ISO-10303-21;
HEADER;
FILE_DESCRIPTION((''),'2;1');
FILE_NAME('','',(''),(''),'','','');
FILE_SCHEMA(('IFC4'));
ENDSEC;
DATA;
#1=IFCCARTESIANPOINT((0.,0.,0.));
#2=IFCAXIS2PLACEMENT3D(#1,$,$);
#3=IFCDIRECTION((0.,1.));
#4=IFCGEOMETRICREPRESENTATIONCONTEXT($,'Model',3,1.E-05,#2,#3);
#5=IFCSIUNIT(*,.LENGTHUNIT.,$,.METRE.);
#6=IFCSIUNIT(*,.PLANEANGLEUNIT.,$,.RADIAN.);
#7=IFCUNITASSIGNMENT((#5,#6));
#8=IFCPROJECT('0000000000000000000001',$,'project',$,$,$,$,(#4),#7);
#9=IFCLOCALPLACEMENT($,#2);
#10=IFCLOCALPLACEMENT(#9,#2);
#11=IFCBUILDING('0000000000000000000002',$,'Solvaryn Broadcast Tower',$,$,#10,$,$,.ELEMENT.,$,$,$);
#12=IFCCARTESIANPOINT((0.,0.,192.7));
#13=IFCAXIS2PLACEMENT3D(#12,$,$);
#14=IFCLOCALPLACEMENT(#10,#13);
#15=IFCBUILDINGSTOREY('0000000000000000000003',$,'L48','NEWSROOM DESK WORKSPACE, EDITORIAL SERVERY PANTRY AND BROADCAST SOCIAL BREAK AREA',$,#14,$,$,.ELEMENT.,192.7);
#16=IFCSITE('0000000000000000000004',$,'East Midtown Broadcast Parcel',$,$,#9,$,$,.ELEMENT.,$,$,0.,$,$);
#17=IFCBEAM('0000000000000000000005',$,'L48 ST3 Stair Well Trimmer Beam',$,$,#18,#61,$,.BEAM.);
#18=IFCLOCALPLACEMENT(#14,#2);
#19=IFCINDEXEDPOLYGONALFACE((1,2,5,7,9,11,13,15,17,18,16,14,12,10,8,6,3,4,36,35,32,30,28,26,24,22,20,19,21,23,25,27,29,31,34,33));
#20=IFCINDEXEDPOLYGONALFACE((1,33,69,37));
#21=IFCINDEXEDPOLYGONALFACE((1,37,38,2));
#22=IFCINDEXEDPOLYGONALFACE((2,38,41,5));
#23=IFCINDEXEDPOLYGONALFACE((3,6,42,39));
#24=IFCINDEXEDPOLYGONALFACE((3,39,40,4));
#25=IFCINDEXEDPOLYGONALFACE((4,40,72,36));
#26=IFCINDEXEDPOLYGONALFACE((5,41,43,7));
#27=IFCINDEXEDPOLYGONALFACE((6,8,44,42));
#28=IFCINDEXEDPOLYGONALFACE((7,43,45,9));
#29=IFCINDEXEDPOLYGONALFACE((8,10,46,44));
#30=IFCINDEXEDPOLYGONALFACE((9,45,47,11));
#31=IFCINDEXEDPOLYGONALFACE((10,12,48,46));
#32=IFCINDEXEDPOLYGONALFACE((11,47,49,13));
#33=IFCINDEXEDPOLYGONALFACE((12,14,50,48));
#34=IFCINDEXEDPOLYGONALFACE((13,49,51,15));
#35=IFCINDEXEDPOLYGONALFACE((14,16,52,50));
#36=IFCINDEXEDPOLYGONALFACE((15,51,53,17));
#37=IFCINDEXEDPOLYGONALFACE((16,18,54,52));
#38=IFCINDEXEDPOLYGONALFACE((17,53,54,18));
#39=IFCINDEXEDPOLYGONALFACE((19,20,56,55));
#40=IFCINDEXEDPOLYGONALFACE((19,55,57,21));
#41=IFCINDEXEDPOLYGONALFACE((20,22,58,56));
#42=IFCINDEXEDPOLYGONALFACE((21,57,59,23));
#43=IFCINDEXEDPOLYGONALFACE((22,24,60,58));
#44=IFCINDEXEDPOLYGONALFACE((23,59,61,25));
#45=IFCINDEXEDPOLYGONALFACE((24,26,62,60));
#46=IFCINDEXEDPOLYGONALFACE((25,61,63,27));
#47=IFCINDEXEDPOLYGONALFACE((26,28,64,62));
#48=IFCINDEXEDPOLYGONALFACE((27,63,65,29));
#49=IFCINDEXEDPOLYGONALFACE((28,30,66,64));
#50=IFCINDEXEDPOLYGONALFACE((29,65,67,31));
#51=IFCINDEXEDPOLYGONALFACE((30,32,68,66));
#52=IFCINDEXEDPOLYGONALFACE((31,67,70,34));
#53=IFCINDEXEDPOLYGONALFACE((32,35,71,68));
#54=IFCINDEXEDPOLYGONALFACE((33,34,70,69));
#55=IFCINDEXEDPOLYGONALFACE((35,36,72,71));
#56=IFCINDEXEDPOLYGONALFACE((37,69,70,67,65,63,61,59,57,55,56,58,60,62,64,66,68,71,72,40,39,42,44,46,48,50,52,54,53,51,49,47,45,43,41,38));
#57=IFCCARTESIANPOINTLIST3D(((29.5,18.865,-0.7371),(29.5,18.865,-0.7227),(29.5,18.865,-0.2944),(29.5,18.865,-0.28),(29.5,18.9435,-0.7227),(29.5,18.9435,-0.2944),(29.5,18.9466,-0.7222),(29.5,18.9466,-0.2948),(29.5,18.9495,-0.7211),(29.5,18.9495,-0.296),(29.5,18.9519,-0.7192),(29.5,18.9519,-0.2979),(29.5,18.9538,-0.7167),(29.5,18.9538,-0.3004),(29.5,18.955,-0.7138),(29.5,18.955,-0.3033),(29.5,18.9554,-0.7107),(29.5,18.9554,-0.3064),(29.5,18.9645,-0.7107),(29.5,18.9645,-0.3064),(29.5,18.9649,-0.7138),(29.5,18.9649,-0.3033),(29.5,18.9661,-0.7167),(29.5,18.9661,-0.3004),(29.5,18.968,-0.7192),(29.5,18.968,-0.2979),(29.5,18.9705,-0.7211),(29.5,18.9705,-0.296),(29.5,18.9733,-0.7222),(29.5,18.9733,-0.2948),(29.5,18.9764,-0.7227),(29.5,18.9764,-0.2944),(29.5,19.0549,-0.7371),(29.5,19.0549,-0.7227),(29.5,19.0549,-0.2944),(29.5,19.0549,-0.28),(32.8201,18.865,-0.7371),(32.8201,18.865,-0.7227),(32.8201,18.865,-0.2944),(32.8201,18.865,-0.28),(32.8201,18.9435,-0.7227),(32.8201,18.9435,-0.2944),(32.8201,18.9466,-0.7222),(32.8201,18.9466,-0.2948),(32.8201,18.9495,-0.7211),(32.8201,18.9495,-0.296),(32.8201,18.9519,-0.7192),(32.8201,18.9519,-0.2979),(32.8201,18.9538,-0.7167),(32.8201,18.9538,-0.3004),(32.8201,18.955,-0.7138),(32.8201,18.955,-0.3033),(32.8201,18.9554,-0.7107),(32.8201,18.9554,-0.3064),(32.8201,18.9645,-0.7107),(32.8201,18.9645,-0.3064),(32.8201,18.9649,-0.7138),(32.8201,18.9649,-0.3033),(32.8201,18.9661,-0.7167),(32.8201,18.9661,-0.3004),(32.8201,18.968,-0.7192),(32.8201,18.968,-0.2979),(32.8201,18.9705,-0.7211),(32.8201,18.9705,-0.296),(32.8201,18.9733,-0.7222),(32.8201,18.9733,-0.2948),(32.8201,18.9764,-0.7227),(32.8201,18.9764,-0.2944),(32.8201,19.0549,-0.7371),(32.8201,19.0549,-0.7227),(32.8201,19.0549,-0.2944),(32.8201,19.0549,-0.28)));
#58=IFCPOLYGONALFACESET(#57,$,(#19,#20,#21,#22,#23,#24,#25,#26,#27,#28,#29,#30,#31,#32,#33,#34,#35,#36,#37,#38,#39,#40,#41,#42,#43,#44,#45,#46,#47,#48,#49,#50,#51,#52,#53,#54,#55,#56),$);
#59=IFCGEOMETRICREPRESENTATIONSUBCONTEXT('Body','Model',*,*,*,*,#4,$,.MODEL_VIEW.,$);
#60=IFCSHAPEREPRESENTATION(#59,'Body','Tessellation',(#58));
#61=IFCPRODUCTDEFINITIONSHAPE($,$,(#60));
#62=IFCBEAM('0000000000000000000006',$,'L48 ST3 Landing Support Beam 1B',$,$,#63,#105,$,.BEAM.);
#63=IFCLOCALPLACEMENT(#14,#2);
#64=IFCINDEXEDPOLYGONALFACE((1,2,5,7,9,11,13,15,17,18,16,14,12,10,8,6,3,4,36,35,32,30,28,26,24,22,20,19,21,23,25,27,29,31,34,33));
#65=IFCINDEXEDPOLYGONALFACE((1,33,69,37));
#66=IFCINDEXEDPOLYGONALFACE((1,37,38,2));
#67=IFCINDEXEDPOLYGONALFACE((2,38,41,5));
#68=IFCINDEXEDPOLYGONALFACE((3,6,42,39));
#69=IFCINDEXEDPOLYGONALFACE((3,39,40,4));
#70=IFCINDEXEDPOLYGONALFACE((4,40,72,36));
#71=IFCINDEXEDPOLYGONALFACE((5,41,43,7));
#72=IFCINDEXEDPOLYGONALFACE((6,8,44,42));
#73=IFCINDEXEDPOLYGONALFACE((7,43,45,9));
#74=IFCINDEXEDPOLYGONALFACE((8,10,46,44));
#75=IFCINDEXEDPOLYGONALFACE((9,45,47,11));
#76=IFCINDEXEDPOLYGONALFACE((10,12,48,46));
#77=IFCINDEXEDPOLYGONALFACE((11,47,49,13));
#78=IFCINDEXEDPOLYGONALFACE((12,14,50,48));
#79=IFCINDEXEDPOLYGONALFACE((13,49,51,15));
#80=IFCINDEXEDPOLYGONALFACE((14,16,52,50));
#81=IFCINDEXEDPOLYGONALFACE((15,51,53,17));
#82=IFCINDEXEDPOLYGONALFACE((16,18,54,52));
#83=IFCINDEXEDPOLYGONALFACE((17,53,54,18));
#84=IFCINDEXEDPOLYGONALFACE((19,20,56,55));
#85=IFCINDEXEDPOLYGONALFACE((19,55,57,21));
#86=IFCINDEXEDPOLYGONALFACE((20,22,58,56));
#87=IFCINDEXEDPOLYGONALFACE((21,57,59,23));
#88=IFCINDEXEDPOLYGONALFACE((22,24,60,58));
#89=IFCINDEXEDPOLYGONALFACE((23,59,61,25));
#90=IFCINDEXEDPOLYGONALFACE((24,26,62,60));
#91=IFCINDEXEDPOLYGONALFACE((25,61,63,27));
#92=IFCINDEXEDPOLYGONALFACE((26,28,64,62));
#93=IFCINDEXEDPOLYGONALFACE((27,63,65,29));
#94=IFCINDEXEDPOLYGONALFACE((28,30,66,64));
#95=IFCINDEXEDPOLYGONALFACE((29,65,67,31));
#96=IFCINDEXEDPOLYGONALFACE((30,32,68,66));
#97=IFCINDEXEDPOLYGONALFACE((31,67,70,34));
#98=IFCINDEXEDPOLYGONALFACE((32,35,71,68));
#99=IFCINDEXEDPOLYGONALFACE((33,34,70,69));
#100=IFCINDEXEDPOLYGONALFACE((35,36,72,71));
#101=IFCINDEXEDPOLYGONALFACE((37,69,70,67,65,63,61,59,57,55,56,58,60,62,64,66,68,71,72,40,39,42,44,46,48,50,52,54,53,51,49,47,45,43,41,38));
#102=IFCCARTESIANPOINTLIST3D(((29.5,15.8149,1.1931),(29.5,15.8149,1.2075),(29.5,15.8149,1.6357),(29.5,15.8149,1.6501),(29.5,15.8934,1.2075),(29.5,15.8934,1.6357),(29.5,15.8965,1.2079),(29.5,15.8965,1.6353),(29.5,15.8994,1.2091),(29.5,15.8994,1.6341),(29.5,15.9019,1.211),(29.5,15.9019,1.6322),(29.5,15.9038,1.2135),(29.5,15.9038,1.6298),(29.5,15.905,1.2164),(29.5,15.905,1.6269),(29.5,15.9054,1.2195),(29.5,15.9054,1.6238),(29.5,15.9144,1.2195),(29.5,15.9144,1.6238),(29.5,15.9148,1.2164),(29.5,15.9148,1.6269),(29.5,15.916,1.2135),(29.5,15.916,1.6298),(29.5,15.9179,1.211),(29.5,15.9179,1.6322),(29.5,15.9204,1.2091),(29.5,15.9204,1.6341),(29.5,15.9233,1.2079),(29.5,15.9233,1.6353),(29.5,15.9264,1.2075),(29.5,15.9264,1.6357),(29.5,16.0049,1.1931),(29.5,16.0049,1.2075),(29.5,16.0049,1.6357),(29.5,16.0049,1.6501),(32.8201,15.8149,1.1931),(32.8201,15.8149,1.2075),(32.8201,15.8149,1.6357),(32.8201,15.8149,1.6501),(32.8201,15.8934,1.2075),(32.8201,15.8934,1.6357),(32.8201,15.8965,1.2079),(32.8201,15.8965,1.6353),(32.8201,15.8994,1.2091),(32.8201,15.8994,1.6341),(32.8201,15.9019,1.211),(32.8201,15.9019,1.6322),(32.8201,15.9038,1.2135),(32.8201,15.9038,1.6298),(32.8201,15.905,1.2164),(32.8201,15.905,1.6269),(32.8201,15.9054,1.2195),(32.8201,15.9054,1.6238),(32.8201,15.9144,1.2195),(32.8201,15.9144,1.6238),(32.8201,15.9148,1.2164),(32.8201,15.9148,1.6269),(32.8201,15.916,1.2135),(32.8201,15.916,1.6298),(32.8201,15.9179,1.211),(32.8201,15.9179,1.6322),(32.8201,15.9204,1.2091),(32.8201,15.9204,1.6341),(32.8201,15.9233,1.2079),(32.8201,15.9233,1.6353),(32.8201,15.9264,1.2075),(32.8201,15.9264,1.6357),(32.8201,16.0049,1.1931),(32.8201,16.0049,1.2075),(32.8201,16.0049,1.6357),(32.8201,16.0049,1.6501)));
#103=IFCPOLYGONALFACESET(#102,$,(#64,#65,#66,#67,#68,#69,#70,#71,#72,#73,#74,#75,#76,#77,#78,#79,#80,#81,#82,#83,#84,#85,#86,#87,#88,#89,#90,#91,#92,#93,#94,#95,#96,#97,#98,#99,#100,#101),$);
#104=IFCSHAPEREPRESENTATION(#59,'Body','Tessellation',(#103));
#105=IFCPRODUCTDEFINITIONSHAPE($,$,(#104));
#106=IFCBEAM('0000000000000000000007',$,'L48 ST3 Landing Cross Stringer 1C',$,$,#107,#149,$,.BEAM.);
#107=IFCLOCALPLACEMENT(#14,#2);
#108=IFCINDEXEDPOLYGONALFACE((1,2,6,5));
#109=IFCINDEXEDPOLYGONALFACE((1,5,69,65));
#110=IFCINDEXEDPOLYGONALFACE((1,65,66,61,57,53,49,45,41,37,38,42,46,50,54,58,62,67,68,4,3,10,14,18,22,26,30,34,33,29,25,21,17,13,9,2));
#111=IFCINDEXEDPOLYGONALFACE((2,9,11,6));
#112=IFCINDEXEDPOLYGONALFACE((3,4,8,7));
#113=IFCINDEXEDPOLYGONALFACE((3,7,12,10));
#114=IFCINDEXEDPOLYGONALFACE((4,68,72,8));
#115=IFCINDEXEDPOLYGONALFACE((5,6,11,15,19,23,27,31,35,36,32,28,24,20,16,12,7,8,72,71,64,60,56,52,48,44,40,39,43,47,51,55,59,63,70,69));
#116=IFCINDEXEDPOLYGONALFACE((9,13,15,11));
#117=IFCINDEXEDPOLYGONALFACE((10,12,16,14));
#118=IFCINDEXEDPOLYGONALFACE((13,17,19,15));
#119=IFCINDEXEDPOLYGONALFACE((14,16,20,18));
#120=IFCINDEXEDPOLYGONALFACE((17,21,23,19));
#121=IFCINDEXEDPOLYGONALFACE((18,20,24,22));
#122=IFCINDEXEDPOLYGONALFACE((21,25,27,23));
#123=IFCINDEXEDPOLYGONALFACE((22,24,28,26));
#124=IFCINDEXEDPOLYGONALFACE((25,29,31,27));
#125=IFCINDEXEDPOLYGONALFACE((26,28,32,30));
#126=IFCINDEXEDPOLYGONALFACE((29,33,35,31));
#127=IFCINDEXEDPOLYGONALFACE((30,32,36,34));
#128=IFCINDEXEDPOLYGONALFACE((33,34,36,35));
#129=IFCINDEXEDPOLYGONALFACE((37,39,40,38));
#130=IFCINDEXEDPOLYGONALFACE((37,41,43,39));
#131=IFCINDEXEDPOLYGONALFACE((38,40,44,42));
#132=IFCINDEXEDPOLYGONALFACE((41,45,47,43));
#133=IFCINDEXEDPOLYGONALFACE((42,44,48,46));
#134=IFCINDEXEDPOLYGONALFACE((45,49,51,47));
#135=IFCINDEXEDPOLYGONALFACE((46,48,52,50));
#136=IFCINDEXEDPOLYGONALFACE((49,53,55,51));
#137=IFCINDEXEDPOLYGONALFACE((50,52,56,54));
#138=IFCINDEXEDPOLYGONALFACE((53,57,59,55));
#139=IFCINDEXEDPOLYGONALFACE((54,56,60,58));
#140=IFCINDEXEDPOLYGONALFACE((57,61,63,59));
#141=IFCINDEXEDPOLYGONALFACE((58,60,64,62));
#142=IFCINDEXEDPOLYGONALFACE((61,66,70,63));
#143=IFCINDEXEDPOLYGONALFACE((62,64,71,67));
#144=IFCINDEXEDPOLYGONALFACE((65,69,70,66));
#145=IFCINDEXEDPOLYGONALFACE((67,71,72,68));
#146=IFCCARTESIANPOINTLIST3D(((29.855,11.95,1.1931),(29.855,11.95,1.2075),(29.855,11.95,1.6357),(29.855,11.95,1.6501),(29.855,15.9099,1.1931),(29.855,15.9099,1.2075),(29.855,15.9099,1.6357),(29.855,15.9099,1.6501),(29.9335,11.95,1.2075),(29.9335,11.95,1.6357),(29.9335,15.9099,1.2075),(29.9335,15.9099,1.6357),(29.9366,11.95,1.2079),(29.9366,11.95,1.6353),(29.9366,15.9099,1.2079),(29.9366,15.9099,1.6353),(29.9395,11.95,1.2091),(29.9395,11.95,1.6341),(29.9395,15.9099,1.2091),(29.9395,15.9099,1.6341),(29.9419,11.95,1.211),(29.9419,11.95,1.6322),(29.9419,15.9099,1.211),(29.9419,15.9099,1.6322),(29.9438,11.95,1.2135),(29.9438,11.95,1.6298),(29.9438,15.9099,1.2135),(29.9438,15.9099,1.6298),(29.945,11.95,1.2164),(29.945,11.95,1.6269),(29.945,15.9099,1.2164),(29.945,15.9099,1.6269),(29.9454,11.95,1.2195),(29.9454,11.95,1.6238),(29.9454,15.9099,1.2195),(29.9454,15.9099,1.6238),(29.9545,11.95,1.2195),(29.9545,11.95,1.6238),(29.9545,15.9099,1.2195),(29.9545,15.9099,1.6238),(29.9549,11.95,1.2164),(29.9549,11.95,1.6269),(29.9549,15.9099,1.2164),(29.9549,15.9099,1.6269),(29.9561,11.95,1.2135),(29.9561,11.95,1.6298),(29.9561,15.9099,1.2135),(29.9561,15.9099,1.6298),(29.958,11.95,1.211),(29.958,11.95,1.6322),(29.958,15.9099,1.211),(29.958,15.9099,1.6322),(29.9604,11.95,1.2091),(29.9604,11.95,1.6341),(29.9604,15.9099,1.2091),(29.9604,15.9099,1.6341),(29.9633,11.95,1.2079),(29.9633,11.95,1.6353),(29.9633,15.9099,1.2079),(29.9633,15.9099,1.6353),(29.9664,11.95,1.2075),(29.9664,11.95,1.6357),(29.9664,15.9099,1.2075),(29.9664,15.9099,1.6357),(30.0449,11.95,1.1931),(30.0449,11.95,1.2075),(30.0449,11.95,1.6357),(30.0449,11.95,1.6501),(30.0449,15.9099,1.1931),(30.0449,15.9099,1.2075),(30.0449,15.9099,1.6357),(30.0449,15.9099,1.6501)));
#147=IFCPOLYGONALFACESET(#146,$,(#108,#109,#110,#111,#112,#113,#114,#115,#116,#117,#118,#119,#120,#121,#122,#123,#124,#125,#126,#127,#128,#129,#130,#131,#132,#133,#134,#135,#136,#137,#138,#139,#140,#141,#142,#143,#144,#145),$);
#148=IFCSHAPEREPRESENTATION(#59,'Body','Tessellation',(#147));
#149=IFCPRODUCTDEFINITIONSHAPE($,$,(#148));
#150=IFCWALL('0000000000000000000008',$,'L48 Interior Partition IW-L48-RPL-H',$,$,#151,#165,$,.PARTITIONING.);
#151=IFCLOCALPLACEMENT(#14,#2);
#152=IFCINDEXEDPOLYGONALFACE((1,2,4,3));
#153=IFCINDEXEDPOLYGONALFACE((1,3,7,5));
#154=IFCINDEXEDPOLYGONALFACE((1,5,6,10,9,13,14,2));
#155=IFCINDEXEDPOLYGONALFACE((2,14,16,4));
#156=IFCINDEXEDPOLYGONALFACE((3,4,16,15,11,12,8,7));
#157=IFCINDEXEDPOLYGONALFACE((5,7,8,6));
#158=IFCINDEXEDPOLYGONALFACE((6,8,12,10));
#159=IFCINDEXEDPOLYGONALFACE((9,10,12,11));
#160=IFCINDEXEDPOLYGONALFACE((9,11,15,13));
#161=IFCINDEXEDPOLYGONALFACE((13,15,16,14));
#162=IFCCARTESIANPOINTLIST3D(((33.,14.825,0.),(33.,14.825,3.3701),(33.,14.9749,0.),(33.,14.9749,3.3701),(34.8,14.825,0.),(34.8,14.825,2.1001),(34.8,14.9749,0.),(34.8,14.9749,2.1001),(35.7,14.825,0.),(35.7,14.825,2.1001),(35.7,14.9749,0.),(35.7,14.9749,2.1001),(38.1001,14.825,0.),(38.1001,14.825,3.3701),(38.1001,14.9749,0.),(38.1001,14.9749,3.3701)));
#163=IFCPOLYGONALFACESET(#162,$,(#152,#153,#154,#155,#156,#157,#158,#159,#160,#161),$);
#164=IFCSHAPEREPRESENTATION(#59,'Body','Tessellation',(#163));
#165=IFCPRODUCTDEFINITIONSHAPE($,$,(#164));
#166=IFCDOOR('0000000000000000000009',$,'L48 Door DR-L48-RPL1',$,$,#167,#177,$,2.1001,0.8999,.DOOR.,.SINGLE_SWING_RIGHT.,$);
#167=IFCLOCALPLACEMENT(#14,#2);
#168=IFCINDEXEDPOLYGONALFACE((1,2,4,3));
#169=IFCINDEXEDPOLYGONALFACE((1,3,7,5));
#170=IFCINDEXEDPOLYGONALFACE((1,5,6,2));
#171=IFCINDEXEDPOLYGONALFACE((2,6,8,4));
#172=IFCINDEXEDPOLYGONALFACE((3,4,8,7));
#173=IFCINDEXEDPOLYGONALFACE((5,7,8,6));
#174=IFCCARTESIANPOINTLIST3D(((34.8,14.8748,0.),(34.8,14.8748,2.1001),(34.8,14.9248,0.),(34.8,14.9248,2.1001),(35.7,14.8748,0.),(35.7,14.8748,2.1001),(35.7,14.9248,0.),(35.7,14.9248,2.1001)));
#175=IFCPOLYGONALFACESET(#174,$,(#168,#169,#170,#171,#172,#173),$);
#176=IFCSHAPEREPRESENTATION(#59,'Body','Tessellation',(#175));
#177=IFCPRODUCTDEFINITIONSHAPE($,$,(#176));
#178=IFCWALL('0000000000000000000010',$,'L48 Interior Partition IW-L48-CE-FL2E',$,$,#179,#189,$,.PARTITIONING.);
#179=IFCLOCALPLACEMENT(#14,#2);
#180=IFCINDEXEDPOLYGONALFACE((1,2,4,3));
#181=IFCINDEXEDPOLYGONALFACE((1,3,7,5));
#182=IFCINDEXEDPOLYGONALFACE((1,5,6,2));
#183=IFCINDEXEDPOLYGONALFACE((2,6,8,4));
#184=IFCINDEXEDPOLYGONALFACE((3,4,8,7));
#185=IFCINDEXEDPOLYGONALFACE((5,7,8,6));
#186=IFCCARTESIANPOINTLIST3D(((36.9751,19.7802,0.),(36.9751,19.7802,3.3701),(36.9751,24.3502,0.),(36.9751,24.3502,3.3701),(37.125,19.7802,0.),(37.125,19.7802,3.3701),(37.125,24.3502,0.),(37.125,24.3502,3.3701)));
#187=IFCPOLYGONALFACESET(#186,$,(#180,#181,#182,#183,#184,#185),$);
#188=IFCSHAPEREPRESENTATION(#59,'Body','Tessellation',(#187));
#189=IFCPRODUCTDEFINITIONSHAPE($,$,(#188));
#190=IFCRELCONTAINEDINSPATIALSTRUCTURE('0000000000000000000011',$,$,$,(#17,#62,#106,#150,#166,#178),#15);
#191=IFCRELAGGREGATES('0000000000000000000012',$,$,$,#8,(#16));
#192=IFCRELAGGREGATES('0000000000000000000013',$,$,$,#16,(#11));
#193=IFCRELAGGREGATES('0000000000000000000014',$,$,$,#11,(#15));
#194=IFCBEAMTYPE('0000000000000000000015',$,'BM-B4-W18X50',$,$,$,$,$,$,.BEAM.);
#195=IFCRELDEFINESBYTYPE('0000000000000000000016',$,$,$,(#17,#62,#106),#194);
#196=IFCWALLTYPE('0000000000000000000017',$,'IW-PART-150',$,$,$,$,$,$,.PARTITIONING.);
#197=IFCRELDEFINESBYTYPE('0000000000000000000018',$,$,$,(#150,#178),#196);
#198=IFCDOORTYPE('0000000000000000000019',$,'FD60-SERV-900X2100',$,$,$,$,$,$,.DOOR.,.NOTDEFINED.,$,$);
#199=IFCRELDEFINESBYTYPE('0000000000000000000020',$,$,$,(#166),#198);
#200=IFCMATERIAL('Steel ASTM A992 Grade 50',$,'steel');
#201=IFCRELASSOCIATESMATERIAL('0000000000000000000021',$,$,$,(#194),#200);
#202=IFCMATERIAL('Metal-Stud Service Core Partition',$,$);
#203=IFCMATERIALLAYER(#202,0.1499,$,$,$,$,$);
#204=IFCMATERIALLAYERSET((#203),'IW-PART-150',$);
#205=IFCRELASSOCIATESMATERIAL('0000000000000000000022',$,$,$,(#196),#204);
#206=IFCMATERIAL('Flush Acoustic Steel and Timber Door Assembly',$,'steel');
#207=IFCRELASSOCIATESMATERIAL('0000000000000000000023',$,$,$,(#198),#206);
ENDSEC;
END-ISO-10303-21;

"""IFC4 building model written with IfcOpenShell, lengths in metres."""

from ifc_helpers import new_model, si_unit, direction, frame, frame_2d, origin, origin_2d, place, context, subcontext, project, spatial, rectangle, i_section, extrude, material, layer, layer_set, material_profile, profile_set, type_object, element, fill, save


model = new_model("IFC4")

# Units and contexts
model_context = context("Model", 3, precision=1e-05, world=origin(), true_north=direction((0.0, 1.0)))
body_context = subcontext(model_context, "Body", "Model", "MODEL_VIEW")
ifc_project = project(units=[si_unit("LENGTHUNIT", "METRE"), si_unit("PLANEANGLEUNIT", "RADIAN")], contexts=[model_context])

# Site, building, storey
site_placement = place(None, origin())
site = spatial("IfcSite", under=ifc_project, at=site_placement, Name="East Midtown Broadcast Parcel", CompositionType="ELEMENT", RefElevation=0.0)
building_placement = place(site_placement, origin())
building = spatial("IfcBuilding", under=site, at=building_placement, Name="Solvaryn Broadcast Tower", CompositionType="ELEMENT")
storey_placement = place(building_placement, frame((0.0, 0.0, 192.7)))
storey = spatial("IfcBuildingStorey", under=building, at=storey_placement, Name="L48", Description="NEWSROOM DESK WORKSPACE, EDITORIAL SERVERY PANTRY AND BROADCAST SOCIAL BREAK AREA", CompositionType="ELEMENT", Elevation=192.7)

# Beams
ifc_material_1 = material(Name="Steel ASTM A992 Grade 50", Category="steel")
ifc_material_profile_1 = material_profile(ifc_material_1, i_section(OverallWidth=0.1899, OverallDepth=0.457, WebThickness=0.009, FlangeThickness=0.0144, FilletRadius=0.012, at=origin_2d()))
ifc_profile_set_1 = profile_set([ifc_material_profile_1], Name="Steel ASTM A992 Grade 50")
beam_type_1 = type_object("IfcBeamType", Name="BM-B4-W18X50", PredefinedType="BEAM", material=ifc_profile_set_1)
for number, where, z_axis, x_axis, name in (
    (1, (29.5, 18.96, -0.5085), (1.0, 0.0, 0.0), (0.0, 1.0, 0.0), "L48 ST3 Stair Well Trimmer Beam"),
    (2, (29.5, 15.9099, 1.4216), (1.0, 0.0, 0.0), (0.0, 1.0, 0.0), "L48 ST3 Landing Support Beam 1B"),
):
    element("IfcBeam", number, at=place(storey_placement, frame(where, z_axis=z_axis, x_axis=x_axis)), inside=storey, type_object=beam_type_1, Name=name, PredefinedType="BEAM", context=body_context, shape_type="SweptSolid", body=[
        extrude(i_section(OverallWidth=0.1899, OverallDepth=0.457, WebThickness=0.009, FlangeThickness=0.0144, FilletRadius=0.012, at=origin_2d()), origin(), (0.0, 0.0, 1.0), 3.3201),
    ])
beam_1_placement = place(storey_placement, frame((29.95, 11.95, 1.4216), z_axis=(0.0, 1.0, 0.0), x_axis=(-1.0, 0.0, 0.0)))
element("IfcBeam", 3, at=beam_1_placement, inside=storey, type_object=beam_type_1, Name="L48 ST3 Landing Cross Stringer 1C", PredefinedType="BEAM", context=body_context, shape_type="SweptSolid", body=[
    extrude(i_section(OverallWidth=0.1899, OverallDepth=0.457, WebThickness=0.009, FlangeThickness=0.0144, FilletRadius=0.012, at=origin_2d()), origin(), (0.0, 0.0, 1.0), 3.96),
])

# Wall, opening, door
ifc_material_2 = material(Name="Metal-Stud Service Core Partition")
ifc_layer_1 = layer(ifc_material_2, 0.1499)
ifc_layer_set_1 = layer_set([ifc_layer_1], Name="IW-PART-150")
wall_type_1 = type_object("IfcWallType", Name="IW-PART-150", PredefinedType="PARTITIONING", material=ifc_layer_set_1)
wall_1_placement = place(storey_placement, frame((33.0, 14.8999, 0.0), z_axis=(0.0, 0.0, 1.0), x_axis=(1.0, 0.0, 0.0)))
wall_1 = element("IfcWall", 4, at=wall_1_placement, inside=storey, type_object=wall_type_1, Name="L48 Interior Partition IW-L48-RPL-H", PredefinedType="PARTITIONING", context=body_context, shape_type="SweptSolid", body=[
    extrude(rectangle(XDim=5.1001, YDim=0.1499, at=frame_2d((2.55, 0.0))), origin(), (0.0, 0.0, 1.0), 3.3701),
])
opening_1_placement = place(wall_1_placement, frame((1.8, 0.0, 0.0)))
opening_1 = element("IfcOpeningElement", 5, at=opening_1_placement, cuts=wall_1, PredefinedType="OPENING", context=body_context, shape_type="SweptSolid", body=[
    extrude(rectangle(XDim=0.8999, YDim=2.1001, at=frame_2d((0.45, 1.05))), frame((0.0, 0.085, 0.0), z_axis=(0.0, -1.0, 0.0), x_axis=(1.0, 0.0, 0.0)), (0.0, 0.0, 1.0), 0.1699),
])
ifc_material_3 = material(Name="Flush Acoustic Steel and Timber Door Assembly", Category="steel")
door_type_1 = type_object("IfcDoorType", Name="FD60-SERV-900X2100", OperationType="NOTDEFINED", PredefinedType="DOOR", material=ifc_material_3)
door_1_placement = place(opening_1_placement, origin())
door_1 = element("IfcDoor", 6, at=door_1_placement, inside=storey, type_object=door_type_1, Name="L48 Door DR-L48-RPL1", OperationType="SINGLE_SWING_RIGHT", OverallHeight=2.1001, OverallWidth=0.8999, PredefinedType="DOOR", context=body_context, shape_type="SweptSolid", body=[
    extrude(rectangle(XDim=0.8999, YDim=2.1001, at=frame_2d((0.45, 1.05))), frame((0.0, 0.0249, 0.0), z_axis=(0.0, -1.0, 0.0), x_axis=(1.0, 0.0, 0.0)), (0.0, 0.0, 1.0), 0.05),
])
fill(opening_1, door_1)

# Wall
wall_2_placement = place(storey_placement, frame((37.05, 19.78, 0.0), z_axis=(0.0, 0.0, 1.0), x_axis=(0.0, 1.0, 0.0)))
element("IfcWall", 7, at=wall_2_placement, inside=storey, type_object=wall_type_1, Name="L48 Interior Partition IW-L48-CE-FL2E", PredefinedType="PARTITIONING", context=body_context, shape_type="SweptSolid", body=[
    extrude(rectangle(XDim=4.5701, YDim=0.1499, at=frame_2d((2.2852, 0.0))), origin(), (0.0, 0.0, 1.0), 3.3701),
])

save(model, "model.ifc")
